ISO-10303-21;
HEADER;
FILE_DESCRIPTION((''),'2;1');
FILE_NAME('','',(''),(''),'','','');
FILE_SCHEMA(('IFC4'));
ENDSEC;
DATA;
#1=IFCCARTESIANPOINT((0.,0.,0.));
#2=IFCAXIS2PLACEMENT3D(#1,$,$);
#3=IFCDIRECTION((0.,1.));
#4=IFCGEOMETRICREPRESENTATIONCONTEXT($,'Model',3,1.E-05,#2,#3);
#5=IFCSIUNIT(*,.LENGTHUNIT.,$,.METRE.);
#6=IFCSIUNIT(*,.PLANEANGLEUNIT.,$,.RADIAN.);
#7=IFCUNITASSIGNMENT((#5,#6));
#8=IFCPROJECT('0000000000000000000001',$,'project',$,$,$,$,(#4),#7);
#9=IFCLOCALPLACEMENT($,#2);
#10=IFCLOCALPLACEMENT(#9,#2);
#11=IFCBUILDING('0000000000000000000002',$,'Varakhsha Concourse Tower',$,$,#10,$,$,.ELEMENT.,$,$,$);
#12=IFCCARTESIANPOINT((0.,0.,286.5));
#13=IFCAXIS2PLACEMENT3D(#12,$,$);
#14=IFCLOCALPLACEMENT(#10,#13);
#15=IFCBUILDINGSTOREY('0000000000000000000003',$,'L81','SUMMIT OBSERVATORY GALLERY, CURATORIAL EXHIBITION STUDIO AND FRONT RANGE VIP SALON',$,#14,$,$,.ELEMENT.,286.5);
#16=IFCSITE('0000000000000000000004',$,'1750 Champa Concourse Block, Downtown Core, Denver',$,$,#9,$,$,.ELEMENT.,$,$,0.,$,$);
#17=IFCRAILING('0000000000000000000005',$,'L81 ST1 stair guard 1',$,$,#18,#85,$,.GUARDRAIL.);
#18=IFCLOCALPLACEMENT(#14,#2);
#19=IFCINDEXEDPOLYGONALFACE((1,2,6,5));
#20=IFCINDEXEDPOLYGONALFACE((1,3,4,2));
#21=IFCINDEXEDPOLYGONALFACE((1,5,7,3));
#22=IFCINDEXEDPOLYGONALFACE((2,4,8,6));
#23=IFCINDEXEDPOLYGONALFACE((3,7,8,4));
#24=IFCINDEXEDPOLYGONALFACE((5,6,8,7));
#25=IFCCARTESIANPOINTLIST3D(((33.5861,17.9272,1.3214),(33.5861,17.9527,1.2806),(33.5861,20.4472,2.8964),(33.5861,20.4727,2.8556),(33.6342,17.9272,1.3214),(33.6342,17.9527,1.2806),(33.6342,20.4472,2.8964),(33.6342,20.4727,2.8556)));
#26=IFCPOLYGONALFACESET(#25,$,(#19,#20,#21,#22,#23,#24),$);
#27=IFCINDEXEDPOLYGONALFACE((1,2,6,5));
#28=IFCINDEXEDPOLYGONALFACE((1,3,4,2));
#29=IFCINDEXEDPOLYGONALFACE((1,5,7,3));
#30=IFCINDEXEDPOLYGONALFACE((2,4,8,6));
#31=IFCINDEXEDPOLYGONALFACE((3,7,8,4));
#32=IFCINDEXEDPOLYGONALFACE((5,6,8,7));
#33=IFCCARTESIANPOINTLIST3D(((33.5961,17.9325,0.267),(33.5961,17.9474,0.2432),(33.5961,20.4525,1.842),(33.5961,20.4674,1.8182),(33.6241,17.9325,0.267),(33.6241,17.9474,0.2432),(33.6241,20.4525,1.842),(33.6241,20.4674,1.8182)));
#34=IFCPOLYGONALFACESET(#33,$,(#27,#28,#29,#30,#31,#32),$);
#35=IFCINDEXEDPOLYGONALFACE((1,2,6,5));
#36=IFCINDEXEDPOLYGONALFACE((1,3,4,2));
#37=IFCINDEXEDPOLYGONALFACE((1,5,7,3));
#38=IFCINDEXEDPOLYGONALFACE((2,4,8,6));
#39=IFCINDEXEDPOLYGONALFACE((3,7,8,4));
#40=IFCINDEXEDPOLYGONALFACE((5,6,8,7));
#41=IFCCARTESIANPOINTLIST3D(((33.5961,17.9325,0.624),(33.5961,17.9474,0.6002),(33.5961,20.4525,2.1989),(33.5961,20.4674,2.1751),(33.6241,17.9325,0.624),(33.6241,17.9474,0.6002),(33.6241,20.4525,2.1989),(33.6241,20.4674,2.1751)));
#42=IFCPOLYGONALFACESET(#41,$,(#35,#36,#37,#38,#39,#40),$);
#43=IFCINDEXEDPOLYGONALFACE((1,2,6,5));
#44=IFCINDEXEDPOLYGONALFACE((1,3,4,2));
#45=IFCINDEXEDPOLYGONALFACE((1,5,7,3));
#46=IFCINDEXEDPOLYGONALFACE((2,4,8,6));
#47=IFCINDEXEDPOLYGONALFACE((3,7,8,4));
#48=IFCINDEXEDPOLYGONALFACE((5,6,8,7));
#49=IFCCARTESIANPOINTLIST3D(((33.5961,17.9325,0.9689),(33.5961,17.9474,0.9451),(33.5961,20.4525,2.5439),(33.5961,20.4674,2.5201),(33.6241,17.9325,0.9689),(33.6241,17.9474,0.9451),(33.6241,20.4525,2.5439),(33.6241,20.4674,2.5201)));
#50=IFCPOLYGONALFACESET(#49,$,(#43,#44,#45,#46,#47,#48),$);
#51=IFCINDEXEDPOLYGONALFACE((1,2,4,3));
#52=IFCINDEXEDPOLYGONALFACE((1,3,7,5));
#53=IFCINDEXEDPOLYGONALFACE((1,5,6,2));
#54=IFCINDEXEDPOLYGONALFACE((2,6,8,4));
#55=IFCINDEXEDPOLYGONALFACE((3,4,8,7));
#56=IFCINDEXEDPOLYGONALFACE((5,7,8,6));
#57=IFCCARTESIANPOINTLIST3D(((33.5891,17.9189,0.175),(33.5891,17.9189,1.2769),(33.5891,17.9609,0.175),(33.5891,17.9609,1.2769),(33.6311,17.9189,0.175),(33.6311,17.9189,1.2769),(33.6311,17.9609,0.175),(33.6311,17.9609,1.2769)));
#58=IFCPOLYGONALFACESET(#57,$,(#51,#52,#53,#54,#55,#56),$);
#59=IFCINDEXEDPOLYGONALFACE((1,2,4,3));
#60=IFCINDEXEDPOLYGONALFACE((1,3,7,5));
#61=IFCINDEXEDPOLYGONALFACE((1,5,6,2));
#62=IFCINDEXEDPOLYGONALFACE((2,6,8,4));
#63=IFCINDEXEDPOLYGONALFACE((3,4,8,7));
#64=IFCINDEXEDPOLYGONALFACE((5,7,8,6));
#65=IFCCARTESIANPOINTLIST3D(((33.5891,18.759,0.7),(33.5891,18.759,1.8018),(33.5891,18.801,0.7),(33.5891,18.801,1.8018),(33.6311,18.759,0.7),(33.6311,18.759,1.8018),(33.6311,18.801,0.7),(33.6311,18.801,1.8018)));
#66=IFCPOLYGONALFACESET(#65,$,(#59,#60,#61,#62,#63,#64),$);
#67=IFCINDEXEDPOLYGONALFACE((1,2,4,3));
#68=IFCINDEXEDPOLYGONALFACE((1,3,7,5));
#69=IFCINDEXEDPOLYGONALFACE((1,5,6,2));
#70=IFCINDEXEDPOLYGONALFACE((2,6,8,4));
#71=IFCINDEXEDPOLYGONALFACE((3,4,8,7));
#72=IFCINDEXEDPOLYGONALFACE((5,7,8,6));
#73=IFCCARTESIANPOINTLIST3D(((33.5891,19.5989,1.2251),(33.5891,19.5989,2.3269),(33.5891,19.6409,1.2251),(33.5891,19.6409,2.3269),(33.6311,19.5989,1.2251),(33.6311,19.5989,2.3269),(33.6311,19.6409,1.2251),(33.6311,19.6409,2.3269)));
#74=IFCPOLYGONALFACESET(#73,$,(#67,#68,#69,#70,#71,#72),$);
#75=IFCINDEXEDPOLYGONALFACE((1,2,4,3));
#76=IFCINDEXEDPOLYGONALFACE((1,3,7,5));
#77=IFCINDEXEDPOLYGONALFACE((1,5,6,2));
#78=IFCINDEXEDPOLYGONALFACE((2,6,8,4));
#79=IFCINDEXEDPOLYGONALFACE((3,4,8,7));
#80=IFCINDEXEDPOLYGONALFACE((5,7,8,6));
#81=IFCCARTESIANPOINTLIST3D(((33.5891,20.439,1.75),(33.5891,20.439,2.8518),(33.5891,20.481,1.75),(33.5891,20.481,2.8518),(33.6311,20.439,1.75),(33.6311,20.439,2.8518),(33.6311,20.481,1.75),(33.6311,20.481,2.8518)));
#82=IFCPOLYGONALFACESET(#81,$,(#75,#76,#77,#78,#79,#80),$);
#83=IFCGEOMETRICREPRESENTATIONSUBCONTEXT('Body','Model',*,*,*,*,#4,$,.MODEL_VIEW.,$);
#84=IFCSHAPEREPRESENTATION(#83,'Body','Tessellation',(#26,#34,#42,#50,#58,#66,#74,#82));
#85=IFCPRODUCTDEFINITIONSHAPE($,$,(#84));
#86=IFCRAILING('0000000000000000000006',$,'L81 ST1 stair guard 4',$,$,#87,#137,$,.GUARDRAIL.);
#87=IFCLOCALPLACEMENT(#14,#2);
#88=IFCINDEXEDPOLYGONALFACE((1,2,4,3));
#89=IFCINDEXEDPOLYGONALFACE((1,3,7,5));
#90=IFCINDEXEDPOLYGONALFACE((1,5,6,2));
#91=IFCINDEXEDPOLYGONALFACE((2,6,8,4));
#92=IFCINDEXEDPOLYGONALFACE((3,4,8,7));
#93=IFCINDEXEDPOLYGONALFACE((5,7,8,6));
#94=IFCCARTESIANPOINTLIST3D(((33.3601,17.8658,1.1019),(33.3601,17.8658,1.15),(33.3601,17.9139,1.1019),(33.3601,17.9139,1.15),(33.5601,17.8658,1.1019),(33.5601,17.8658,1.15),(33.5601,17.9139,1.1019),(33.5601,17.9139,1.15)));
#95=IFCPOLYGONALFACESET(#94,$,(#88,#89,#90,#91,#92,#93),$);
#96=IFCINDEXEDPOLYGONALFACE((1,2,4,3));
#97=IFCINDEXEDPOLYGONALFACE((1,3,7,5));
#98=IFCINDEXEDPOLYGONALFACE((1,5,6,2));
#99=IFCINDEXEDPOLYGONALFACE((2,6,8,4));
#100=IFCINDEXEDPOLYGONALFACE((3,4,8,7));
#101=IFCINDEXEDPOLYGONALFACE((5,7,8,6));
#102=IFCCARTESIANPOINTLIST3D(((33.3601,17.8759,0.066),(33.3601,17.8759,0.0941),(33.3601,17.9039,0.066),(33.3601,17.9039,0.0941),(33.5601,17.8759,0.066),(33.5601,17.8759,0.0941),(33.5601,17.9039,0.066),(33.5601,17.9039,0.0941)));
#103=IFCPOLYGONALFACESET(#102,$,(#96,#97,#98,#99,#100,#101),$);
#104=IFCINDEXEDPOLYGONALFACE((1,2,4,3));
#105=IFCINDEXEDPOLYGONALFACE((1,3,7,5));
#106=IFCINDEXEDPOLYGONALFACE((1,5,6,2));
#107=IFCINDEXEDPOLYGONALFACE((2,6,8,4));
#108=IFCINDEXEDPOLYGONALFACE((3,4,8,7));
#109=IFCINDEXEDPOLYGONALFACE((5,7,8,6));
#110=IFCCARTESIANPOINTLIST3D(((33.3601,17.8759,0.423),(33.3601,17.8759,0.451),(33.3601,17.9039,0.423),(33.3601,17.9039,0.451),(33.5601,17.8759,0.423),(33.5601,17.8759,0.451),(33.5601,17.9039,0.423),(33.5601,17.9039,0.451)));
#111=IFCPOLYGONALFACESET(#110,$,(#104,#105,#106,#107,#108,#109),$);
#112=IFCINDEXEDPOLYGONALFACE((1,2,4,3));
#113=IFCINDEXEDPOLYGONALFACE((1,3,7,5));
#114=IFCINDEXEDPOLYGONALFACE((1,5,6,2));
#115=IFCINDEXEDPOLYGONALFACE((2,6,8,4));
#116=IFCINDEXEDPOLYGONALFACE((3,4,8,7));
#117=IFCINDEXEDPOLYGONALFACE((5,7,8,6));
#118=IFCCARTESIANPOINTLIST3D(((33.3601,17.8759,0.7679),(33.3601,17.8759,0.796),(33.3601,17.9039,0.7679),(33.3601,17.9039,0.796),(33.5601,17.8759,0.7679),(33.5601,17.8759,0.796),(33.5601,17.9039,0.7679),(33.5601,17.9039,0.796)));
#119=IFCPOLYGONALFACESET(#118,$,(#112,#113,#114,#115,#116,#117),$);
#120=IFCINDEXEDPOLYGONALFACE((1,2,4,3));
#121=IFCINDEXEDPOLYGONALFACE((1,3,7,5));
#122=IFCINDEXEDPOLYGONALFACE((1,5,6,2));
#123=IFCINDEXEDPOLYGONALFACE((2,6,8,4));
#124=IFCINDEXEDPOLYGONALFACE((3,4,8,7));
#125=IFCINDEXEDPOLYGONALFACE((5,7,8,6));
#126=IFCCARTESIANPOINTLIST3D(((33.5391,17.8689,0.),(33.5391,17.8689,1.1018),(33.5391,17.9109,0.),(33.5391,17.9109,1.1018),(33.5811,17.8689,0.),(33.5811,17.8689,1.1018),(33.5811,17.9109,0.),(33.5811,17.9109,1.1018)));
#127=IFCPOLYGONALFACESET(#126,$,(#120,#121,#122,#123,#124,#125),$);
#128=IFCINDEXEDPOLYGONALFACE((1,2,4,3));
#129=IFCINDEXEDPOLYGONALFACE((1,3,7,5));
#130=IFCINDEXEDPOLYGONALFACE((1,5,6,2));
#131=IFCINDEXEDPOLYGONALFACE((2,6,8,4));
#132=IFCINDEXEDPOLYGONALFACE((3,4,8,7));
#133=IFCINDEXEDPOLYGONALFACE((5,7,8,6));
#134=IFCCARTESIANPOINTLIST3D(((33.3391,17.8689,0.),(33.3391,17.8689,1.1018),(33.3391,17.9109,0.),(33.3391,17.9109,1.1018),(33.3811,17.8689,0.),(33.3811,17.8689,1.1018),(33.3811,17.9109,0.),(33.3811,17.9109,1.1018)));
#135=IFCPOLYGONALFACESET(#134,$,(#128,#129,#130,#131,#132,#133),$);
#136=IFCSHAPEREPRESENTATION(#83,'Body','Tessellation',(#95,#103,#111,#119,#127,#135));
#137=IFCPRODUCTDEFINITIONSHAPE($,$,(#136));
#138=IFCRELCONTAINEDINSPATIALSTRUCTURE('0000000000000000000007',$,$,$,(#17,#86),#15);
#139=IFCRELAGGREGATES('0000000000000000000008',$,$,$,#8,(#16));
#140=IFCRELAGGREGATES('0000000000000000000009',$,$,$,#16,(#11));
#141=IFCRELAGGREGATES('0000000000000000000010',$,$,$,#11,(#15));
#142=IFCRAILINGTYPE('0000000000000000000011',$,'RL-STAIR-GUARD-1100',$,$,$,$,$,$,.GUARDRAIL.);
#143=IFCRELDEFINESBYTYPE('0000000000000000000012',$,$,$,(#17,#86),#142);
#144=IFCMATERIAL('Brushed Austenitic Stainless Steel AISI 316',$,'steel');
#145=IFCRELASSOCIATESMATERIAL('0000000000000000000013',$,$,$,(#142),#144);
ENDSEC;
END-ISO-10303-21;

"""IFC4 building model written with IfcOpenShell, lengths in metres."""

from ifc_helpers import new_model, si_unit, direction, frame, origin, origin_2d, place, context, subcontext, project, spatial, rectangle, extrude, material, type_object, element, save


model = new_model("IFC4")

# Units and contexts
model_context = context("Model", 3, precision=1e-05, world=origin(), true_north=direction((0.0, 1.0)))
body_context = subcontext(model_context, "Body", "Model", "MODEL_VIEW")
ifc_project = project(units=[si_unit("LENGTHUNIT", "METRE"), si_unit("PLANEANGLEUNIT", "RADIAN")], contexts=[model_context])

# Site, building, storey
site_placement = place(None, origin())
site = spatial("IfcSite", under=ifc_project, at=site_placement, Name="1750 Champa Concourse Block, Downtown Core, Denver", CompositionType="ELEMENT", RefElevation=0.0)
building_placement = place(site_placement, origin())
building = spatial("IfcBuilding", under=site, at=building_placement, Name="Varakhsha Concourse Tower", CompositionType="ELEMENT")
storey_placement = place(building_placement, frame((0.0, 0.0, 286.5)))
storey = spatial("IfcBuildingStorey", under=building, at=storey_placement, Name="L81", Description="SUMMIT OBSERVATORY GALLERY, CURATORIAL EXHIBITION STUDIO AND FRONT RANGE VIP SALON", CompositionType="ELEMENT", Elevation=286.5)

# Railings
ifc_material_1 = material(Name="Brushed Austenitic Stainless Steel AISI 316", Category="steel")
railing_type = type_object("IfcRailingType", Name="RL-STAIR-GUARD-1100", PredefinedType="GUARDRAIL", material=ifc_material_1)
railing_1_placement = place(storey_placement, frame((33.6101, 17.9399, 0.175)))
element("IfcRailing", 1, at=railing_1_placement, inside=storey, type_object=railing_type, Name="L81 ST1 stair guard 1", PredefinedType="GUARDRAIL", context=body_context, shape_type="SweptSolid", body=[
    extrude(rectangle(XDim=0.0481, YDim=0.0481, at=origin_2d()), frame((0.0, 0.0, 1.126), z_axis=(0.0, 0.848008, 0.529984), x_axis=(-1.0, 0.0, 0.0)), (0.0, 0.0, 1.0), 2.9717),
    extrude(rectangle(XDim=0.0281, YDim=0.0281, at=origin_2d()), frame((0.0, 0.0, 0.0801), z_axis=(0.0, 0.848008, 0.529984), x_axis=(-1.0, 0.0, 0.0)), (0.0, 0.0, 1.0), 2.9717),
    extrude(rectangle(XDim=0.0281, YDim=0.0281, at=origin_2d()), frame((0.0, 0.0, 0.437), z_axis=(0.0, 0.848008, 0.529984), x_axis=(-1.0, 0.0, 0.0)), (0.0, 0.0, 1.0), 2.9717),
    extrude(rectangle(XDim=0.0281, YDim=0.0281, at=origin_2d()), frame((0.0, 0.0, 0.782), z_axis=(0.0, 0.848008, 0.529984), x_axis=(-1.0, 0.0, 0.0)), (0.0, 0.0, 1.0), 2.9717),
    extrude(rectangle(XDim=0.042, YDim=0.042, at=origin_2d()), origin(), (0.0, 0.0, 1.0), 1.1018),
    extrude(rectangle(XDim=0.042, YDim=0.042, at=origin_2d()), frame((0.0, 0.8401, 0.5249)), (0.0, 0.0, 1.0), 1.1018),
    extrude(rectangle(XDim=0.042, YDim=0.042, at=origin_2d()), frame((0.0, 1.6799, 1.05)), (0.0, 0.0, 1.0), 1.1018),
    extrude(rectangle(XDim=0.042, YDim=0.042, at=origin_2d()), frame((0.0, 2.52, 1.575)), (0.0, 0.0, 1.0), 1.1018),
])
railing_2_placement = place(storey_placement, frame((33.5601, 17.8899, 0.0)))
element("IfcRailing", 2, at=railing_2_placement, inside=storey, type_object=railing_type, Name="L81 ST1 stair guard 4", PredefinedType="GUARDRAIL", context=body_context, shape_type="SweptSolid", body=[
    extrude(rectangle(XDim=0.0481, YDim=0.0481, at=origin_2d()), frame((0.0, 0.0, 1.126), z_axis=(-1.0, 0.0, 0.0), x_axis=(0.0, -1.0, 0.0)), (0.0, 0.0, 1.0), 0.2),
    extrude(rectangle(XDim=0.0281, YDim=0.0281, at=origin_2d()), frame((0.0, 0.0, 0.0801), z_axis=(-1.0, 0.0, 0.0), x_axis=(0.0, -1.0, 0.0)), (0.0, 0.0, 1.0), 0.2),
    extrude(rectangle(XDim=0.0281, YDim=0.0281, at=origin_2d()), frame((0.0, 0.0, 0.437), z_axis=(-1.0, 0.0, 0.0), x_axis=(0.0, -1.0, 0.0)), (0.0, 0.0, 1.0), 0.2),
    extrude(rectangle(XDim=0.0281, YDim=0.0281, at=origin_2d()), frame((0.0, 0.0, 0.782), z_axis=(-1.0, 0.0, 0.0), x_axis=(0.0, -1.0, 0.0)), (0.0, 0.0, 1.0), 0.2),
    extrude(rectangle(XDim=0.042, YDim=0.042, at=origin_2d()), origin(), (0.0, 0.0, 1.0), 1.1018),
    extrude(rectangle(XDim=0.042, YDim=0.042, at=origin_2d()), frame((-0.2, 0.0, 0.0)), (0.0, 0.0, 1.0), 1.1018),
])

save(model, "model.ifc")
